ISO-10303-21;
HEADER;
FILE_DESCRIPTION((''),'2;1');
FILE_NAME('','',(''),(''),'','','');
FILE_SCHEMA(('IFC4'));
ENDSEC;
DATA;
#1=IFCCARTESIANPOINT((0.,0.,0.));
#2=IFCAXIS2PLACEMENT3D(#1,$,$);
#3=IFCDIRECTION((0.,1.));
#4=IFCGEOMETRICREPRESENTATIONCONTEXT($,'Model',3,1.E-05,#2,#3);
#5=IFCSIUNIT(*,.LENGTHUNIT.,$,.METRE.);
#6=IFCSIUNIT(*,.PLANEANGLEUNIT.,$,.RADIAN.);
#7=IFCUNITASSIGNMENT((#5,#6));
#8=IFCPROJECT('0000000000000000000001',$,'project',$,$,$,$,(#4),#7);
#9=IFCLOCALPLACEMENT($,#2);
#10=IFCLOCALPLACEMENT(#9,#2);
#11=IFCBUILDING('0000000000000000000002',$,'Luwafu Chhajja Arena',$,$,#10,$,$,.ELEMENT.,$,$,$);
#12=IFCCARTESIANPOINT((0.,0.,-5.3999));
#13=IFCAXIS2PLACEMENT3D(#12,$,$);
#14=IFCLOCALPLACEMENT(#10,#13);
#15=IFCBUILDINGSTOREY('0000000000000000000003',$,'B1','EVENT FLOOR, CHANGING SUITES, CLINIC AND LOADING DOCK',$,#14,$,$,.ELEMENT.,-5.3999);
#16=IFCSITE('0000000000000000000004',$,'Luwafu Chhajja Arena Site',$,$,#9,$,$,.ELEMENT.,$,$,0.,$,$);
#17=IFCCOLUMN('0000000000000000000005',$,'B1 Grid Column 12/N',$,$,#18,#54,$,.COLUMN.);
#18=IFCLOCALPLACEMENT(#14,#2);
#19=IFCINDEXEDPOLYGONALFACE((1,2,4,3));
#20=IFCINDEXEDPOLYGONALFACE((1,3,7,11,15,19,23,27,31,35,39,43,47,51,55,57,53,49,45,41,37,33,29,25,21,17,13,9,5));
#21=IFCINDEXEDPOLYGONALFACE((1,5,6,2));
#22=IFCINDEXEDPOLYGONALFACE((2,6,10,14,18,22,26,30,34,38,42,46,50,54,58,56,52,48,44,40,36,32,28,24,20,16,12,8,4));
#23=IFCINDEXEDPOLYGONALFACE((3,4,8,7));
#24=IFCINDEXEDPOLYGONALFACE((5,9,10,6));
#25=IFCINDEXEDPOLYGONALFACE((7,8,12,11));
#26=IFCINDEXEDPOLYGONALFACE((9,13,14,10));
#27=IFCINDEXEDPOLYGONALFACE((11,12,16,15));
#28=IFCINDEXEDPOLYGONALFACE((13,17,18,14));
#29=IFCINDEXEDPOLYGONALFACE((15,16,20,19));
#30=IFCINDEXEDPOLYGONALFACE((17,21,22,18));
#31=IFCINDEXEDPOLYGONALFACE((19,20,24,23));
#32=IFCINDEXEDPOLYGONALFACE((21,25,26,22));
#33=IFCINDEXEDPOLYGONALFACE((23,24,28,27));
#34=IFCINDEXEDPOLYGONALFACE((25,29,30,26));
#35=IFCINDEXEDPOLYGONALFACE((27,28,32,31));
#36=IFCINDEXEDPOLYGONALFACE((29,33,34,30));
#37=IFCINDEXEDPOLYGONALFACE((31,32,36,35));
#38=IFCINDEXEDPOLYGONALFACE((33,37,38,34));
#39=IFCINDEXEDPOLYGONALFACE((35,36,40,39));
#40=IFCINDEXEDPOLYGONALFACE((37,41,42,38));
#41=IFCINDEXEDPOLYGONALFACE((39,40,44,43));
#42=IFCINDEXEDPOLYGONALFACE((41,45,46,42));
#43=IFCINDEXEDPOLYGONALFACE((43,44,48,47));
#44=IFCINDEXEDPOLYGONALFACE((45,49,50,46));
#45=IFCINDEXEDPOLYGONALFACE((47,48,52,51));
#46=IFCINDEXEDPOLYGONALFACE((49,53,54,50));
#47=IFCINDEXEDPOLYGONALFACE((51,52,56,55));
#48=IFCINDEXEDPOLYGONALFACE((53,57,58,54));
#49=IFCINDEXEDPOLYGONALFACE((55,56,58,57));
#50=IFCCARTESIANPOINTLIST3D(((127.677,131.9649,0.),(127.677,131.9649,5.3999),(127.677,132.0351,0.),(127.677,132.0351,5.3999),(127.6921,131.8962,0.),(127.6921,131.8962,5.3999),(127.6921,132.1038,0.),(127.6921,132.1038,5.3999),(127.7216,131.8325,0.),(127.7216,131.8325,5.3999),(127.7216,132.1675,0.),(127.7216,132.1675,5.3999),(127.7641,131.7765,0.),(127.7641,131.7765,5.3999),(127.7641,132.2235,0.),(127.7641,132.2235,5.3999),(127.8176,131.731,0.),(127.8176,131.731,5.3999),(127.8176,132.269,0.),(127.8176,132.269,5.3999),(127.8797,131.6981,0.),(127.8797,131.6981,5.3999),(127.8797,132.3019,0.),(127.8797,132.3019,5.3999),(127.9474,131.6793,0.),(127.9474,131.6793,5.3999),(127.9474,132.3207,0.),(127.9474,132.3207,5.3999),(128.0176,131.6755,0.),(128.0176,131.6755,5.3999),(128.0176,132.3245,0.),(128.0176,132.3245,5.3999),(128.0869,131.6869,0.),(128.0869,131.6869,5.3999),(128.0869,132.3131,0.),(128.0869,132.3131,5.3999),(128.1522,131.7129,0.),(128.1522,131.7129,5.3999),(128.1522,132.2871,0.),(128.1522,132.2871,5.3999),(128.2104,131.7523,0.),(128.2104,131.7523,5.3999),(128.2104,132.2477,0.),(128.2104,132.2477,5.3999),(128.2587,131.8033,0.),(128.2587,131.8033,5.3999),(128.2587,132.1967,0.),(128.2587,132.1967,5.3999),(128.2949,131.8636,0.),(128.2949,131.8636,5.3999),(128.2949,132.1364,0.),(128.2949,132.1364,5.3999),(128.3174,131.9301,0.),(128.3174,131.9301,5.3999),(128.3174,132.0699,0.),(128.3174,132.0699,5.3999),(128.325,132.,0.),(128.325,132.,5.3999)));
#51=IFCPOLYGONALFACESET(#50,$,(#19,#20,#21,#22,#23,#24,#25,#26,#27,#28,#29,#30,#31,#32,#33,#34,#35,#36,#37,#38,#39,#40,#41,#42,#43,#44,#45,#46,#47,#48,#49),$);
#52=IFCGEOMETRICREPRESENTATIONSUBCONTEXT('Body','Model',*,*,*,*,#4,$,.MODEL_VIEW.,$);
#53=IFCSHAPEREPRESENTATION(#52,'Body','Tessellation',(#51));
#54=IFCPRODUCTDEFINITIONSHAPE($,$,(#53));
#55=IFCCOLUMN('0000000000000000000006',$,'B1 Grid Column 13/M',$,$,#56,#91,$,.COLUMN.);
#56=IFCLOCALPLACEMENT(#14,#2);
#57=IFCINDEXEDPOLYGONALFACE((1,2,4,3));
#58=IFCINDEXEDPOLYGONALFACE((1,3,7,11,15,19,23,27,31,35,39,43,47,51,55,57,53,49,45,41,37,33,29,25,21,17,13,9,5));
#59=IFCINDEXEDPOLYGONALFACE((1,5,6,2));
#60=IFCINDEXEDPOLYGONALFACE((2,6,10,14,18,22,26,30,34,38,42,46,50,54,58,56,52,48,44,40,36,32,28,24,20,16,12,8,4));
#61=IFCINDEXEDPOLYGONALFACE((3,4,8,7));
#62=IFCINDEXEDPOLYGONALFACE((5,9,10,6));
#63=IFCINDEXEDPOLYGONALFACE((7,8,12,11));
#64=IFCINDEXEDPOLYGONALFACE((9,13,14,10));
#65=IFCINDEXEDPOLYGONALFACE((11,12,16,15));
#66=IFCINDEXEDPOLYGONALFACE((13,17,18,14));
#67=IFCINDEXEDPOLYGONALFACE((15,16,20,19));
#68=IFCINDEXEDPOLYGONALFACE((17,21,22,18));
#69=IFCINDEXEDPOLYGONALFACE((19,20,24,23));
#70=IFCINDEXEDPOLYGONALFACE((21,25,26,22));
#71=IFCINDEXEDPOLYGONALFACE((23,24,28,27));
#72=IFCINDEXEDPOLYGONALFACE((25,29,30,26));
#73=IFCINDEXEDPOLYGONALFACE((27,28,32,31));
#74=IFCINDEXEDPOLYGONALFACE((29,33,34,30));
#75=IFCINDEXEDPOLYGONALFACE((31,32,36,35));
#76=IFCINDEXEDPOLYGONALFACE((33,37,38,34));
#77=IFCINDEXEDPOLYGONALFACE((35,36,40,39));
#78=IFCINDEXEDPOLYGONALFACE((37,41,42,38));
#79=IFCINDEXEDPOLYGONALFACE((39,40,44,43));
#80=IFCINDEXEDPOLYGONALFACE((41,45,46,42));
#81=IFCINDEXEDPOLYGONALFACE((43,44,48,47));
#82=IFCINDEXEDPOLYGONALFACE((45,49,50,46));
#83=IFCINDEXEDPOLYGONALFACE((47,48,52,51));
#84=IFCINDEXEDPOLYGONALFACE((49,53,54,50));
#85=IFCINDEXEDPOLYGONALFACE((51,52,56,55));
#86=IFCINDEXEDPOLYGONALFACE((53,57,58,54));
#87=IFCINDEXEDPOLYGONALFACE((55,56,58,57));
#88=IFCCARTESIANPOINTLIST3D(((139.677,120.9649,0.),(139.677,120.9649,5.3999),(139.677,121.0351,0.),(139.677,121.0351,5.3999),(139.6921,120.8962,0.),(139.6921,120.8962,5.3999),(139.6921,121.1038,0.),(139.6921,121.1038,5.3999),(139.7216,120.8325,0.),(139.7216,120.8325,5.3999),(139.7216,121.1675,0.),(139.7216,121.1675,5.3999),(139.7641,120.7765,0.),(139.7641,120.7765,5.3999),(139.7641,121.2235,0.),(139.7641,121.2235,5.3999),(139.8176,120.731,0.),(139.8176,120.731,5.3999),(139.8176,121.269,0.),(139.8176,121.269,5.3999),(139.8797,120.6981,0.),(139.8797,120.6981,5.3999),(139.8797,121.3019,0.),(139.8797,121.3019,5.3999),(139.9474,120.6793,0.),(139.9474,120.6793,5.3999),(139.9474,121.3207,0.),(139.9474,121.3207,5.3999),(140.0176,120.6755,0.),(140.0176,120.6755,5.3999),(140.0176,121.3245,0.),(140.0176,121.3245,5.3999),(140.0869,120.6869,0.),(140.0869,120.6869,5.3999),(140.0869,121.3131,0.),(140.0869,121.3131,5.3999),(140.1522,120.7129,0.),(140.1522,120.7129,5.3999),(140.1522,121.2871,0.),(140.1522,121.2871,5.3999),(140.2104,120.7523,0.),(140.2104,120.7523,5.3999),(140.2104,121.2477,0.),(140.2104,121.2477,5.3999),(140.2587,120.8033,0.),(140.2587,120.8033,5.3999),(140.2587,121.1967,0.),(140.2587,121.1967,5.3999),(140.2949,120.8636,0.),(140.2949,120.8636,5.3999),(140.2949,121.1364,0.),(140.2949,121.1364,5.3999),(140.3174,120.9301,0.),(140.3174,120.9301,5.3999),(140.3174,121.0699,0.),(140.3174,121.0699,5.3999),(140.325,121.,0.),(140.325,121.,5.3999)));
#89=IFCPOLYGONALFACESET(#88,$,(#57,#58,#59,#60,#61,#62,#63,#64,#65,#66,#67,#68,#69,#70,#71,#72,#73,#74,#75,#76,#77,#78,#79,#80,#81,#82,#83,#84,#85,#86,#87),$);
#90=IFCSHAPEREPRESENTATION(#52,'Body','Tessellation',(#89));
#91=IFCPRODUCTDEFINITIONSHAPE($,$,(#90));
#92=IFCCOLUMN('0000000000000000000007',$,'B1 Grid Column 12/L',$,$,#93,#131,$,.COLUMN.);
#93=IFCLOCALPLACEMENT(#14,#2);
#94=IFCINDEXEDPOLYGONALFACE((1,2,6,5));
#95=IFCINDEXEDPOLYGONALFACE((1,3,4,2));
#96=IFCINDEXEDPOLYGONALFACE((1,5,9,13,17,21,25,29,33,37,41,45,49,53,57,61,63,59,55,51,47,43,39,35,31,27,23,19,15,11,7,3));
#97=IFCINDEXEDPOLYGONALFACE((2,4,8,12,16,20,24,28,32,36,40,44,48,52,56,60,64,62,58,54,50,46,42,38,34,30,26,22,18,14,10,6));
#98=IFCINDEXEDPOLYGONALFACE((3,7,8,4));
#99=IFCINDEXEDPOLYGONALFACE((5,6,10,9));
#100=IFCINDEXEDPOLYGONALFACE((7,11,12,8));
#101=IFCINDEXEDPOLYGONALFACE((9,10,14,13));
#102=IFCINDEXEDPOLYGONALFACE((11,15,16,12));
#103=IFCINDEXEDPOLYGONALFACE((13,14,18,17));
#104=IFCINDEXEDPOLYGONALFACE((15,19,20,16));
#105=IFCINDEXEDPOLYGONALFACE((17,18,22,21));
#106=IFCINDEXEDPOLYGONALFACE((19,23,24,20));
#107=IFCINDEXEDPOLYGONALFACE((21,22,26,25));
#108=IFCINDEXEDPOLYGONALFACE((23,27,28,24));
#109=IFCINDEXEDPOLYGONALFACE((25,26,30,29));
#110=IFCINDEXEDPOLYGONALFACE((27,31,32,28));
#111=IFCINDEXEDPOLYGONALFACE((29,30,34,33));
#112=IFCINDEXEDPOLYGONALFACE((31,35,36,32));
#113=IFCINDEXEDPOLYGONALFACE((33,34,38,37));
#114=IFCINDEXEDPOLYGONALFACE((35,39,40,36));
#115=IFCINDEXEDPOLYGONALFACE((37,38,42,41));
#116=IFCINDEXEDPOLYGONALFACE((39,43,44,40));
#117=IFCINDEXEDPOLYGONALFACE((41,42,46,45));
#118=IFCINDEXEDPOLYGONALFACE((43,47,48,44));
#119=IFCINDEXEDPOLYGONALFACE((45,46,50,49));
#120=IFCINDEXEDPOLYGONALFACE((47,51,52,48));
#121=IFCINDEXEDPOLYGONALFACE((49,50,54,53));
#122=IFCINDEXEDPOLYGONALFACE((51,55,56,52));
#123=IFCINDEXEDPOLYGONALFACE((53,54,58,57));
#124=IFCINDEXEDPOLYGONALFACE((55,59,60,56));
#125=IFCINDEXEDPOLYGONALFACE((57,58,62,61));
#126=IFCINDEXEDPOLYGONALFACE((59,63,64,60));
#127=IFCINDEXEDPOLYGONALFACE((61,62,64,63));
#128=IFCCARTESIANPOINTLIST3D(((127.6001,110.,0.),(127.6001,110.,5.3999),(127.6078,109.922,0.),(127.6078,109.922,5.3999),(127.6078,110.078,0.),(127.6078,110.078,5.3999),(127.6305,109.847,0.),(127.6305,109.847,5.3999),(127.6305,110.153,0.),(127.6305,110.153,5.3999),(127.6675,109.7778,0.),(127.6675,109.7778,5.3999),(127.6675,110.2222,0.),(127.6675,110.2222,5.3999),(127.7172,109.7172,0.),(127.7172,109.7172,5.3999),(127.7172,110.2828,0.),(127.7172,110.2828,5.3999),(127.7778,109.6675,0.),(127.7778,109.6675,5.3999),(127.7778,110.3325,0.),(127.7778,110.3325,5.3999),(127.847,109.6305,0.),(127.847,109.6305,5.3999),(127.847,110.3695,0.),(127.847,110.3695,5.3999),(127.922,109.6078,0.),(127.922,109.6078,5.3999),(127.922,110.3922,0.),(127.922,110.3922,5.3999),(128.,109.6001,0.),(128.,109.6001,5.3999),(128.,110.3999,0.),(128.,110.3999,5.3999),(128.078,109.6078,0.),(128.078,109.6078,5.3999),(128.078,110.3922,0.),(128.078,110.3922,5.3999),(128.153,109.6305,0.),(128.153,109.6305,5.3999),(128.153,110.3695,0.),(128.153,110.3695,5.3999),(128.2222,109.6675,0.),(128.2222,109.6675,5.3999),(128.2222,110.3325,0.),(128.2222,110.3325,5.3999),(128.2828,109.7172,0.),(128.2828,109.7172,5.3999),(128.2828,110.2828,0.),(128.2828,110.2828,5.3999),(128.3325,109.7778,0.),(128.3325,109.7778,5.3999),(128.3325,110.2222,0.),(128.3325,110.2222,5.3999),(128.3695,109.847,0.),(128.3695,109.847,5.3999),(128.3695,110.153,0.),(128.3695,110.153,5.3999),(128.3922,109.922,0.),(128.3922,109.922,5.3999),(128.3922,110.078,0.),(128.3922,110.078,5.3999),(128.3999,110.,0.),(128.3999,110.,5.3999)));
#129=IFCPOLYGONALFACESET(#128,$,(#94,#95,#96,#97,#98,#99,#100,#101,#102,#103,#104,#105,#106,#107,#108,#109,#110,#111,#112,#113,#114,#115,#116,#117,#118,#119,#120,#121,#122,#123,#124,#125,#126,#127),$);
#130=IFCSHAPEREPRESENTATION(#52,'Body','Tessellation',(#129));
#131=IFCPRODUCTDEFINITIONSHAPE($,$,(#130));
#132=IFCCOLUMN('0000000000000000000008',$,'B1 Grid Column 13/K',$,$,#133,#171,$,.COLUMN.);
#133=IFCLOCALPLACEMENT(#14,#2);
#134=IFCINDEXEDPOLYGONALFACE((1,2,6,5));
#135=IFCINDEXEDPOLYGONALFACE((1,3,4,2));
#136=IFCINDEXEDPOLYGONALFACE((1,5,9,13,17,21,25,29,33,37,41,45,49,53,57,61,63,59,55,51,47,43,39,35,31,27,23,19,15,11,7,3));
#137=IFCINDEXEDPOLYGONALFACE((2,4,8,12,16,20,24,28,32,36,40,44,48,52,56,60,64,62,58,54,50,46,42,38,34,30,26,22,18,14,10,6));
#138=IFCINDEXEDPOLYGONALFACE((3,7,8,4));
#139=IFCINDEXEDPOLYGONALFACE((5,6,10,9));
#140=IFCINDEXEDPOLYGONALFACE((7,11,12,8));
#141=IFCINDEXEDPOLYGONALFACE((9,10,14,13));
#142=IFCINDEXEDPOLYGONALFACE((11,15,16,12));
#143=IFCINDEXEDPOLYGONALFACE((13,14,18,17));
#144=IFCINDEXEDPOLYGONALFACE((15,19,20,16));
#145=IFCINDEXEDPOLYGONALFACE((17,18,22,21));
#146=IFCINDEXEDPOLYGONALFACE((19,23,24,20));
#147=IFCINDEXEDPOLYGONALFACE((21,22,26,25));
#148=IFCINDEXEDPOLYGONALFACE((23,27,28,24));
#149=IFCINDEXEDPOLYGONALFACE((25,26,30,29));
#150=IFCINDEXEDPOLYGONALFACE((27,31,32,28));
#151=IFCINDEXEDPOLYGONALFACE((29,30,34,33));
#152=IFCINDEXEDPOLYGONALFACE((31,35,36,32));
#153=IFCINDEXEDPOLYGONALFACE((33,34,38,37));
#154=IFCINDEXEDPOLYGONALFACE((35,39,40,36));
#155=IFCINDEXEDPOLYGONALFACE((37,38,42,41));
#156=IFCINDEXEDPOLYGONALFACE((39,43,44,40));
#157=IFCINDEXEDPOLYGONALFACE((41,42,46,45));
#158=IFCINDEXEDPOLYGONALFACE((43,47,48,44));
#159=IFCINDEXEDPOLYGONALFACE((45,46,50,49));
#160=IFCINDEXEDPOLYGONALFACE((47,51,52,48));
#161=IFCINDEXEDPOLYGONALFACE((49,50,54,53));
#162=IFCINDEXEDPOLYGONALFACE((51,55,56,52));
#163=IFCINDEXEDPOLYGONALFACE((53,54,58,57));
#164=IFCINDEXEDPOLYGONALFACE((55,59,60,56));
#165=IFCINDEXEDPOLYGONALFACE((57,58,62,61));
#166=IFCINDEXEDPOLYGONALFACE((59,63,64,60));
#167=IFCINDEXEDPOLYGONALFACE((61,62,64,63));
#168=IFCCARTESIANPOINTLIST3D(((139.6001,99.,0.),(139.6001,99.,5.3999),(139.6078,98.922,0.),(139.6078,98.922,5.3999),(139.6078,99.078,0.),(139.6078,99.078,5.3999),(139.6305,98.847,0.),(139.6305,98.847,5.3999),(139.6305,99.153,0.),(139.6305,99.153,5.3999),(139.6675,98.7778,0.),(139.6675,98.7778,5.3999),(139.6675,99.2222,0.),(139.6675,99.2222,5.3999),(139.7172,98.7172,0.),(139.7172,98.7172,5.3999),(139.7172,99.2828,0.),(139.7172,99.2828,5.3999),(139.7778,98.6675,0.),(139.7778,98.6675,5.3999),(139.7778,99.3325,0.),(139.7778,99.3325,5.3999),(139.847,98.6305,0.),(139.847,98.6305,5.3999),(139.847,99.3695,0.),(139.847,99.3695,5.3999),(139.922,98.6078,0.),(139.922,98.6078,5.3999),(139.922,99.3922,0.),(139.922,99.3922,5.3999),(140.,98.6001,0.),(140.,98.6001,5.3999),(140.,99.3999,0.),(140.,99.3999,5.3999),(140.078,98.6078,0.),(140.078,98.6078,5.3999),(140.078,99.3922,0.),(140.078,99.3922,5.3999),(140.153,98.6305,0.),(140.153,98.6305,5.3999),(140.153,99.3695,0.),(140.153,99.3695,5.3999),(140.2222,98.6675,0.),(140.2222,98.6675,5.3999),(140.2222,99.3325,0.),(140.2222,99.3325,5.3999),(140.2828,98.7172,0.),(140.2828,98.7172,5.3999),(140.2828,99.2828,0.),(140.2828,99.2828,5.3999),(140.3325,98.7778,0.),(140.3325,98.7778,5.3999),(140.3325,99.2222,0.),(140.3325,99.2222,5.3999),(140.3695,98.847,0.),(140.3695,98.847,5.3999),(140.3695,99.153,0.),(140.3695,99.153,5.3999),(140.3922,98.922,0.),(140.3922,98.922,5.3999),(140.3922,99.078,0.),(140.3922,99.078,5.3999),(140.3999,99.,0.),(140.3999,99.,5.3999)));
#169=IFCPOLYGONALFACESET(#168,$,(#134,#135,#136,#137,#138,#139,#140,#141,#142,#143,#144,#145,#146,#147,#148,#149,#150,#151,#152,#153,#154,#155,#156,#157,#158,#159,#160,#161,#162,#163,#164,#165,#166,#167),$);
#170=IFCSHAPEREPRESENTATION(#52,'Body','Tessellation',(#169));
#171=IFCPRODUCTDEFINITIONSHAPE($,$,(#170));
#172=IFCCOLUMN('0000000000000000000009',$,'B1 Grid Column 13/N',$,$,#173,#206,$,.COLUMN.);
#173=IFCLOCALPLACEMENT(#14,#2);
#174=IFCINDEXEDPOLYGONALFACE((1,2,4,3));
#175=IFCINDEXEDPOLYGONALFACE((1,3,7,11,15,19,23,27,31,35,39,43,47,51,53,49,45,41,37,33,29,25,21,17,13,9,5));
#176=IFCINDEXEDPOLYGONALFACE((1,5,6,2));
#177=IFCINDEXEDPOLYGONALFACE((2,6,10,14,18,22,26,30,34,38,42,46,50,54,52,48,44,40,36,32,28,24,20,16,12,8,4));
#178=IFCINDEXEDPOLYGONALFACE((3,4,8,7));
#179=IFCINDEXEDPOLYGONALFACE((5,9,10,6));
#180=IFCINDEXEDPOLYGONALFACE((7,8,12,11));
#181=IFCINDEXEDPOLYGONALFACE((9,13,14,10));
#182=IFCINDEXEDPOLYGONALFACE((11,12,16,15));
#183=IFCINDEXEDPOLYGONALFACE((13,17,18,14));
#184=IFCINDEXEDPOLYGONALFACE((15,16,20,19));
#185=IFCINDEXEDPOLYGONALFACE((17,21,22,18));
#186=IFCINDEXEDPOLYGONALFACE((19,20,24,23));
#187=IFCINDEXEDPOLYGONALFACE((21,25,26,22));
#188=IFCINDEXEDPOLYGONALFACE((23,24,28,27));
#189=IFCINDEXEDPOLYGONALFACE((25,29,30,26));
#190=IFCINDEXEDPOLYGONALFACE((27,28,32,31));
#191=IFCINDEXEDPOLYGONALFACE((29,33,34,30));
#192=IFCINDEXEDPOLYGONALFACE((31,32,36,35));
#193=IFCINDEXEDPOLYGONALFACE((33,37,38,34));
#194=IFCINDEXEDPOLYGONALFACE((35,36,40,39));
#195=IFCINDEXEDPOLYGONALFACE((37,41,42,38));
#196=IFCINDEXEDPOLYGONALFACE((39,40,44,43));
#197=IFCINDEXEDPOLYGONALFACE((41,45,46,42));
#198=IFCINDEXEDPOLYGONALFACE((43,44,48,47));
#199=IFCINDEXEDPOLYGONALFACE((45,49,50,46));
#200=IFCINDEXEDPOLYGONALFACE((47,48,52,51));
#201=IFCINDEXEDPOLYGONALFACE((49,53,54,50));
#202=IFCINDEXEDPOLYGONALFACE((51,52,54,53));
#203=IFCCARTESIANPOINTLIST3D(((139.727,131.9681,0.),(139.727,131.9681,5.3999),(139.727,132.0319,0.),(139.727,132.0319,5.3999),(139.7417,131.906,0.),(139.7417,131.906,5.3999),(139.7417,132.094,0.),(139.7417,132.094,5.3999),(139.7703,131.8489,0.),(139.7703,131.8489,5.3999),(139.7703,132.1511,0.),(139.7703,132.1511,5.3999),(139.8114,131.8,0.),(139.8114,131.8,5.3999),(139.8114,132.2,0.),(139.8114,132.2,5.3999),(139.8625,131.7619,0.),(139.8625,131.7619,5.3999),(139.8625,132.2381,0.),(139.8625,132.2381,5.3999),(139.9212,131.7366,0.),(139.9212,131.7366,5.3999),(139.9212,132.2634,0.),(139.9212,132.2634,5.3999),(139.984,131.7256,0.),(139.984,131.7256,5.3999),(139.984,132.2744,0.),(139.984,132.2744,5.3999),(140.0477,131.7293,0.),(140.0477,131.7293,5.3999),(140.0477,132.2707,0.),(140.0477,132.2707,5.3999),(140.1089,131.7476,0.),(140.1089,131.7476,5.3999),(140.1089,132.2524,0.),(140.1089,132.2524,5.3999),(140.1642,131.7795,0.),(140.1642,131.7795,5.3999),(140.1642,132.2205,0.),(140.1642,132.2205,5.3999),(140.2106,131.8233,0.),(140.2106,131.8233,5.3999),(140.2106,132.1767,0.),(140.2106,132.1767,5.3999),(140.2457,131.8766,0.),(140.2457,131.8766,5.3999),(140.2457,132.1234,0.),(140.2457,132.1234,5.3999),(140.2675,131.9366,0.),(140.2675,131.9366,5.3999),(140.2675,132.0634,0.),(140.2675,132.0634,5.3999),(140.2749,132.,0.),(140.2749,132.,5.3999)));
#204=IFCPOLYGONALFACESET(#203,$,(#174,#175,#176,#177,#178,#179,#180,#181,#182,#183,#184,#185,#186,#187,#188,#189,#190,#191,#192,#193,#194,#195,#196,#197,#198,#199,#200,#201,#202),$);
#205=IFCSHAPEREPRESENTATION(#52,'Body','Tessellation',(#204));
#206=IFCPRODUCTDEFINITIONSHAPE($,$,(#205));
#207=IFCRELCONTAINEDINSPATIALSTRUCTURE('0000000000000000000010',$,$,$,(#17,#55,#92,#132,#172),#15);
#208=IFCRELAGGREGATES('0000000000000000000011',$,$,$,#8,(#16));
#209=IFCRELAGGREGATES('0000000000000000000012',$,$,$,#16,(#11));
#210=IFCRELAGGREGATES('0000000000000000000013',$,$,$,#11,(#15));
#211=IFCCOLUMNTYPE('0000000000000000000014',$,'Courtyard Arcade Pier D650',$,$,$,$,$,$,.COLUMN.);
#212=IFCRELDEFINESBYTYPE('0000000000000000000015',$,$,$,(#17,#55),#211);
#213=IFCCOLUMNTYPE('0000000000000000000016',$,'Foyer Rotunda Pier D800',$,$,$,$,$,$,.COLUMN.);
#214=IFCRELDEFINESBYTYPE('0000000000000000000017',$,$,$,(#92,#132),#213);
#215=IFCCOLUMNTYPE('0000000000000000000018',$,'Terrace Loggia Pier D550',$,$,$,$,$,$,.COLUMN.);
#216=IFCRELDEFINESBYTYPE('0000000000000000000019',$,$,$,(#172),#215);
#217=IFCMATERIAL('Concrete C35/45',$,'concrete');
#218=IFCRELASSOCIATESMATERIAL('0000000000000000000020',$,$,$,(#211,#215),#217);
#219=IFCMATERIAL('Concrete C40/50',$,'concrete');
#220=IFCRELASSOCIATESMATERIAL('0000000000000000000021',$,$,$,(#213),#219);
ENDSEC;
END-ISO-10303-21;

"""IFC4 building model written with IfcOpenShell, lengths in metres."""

from ifc_helpers import new_model, si_unit, direction, frame, origin, origin_2d, place, context, subcontext, project, spatial, circle, extrude, material, material_profile, profile_set, type_object, element, save


model = new_model("IFC4")

# Units and contexts
model_context = context("Model", 3, precision=1e-05, world=origin(), true_north=direction((0.0, 1.0)))
body_context = subcontext(model_context, "Body", "Model", "MODEL_VIEW")
ifc_project = project(units=[si_unit("LENGTHUNIT", "METRE"), si_unit("PLANEANGLEUNIT", "RADIAN")], contexts=[model_context])

# Site, building, storey
site_placement = place(None, origin())
site = spatial("IfcSite", under=ifc_project, at=site_placement, Name="Luwafu Chhajja Arena Site", CompositionType="ELEMENT", RefElevation=0.0)
building_placement = place(site_placement, origin())
building = spatial("IfcBuilding", under=site, at=building_placement, Name="Luwafu Chhajja Arena", CompositionType="ELEMENT")
storey_placement = place(building_placement, frame((0.0, 0.0, -5.3999)))
storey = spatial("IfcBuildingStorey", under=building, at=storey_placement, Name="B1", Description="EVENT FLOOR, CHANGING SUITES, CLINIC AND LOADING DOCK", CompositionType="ELEMENT", Elevation=-5.3999)

# Shared definitions
ifc_material_1 = material(Name="Concrete C35/45", Category="concrete")

# Columns
ifc_material_profile_1 = material_profile(ifc_material_1, circle(Radius=0.325, at=origin_2d()), Name="RC COL D650")
ifc_profile_set_1 = profile_set([ifc_material_profile_1], Name="Concrete C35/45")
column_type_1 = type_object("IfcColumnType", Name="Courtyard Arcade Pier D650", PredefinedType="COLUMN", material=ifc_profile_set_1)
for number, where, z_axis, x_axis, name in (
    (1, (128.0, 132.0, 0.0), (0.0, 0.0, 1.0), (1.0, 0.0, 0.0), "B1 Grid Column 12/N"),
    (2, (140.0, 121.0, 0.0), (0.0, 0.0, 1.0), (1.0, 0.0, 0.0), "B1 Grid Column 13/M"),
):
    element("IfcColumn", number, at=place(storey_placement, frame(where, z_axis=z_axis, x_axis=x_axis)), inside=storey, type_object=column_type_1, Name=name, PredefinedType="COLUMN", context=body_context, shape_type="SweptSolid", body=[
        extrude(circle(Radius=0.325, at=origin_2d()), origin(), (0.0, 0.0, 1.0), 5.3999),
    ])
ifc_material_2 = material(Name="Concrete C40/50", Category="concrete")
ifc_material_profile_2 = material_profile(ifc_material_2, circle(Radius=0.3999, at=origin_2d()), Name="RC COL D800")
ifc_profile_set_2 = profile_set([ifc_material_profile_2], Name="Concrete C40/50")
column_type_2 = type_object("IfcColumnType", Name="Foyer Rotunda Pier D800", PredefinedType="COLUMN", material=ifc_profile_set_2)
for number, where, z_axis, x_axis, name in (
    (3, (128.0, 110.0, 0.0), (0.0, 0.0, 1.0), (1.0, 0.0, 0.0), "B1 Grid Column 12/L"),
    (4, (140.0, 99.0, 0.0), (0.0, 0.0, 1.0), (1.0, 0.0, 0.0), "B1 Grid Column 13/K"),
):
    element("IfcColumn", number, at=place(storey_placement, frame(where, z_axis=z_axis, x_axis=x_axis)), inside=storey, type_object=column_type_2, Name=name, PredefinedType="COLUMN", context=body_context, shape_type="SweptSolid", body=[
        extrude(circle(Radius=0.3999, at=origin_2d()), origin(), (0.0, 0.0, 1.0), 5.3999),
    ])
ifc_material_profile_3 = material_profile(ifc_material_1, circle(Radius=0.2749, at=origin_2d()), Name="RC COL D550")
ifc_profile_set_3 = profile_set([ifc_material_profile_3], Name="Concrete C35/45")
column_type_3 = type_object("IfcColumnType", Name="Terrace Loggia Pier D550", PredefinedType="COLUMN", material=ifc_profile_set_3)
column_placement = place(storey_placement, frame((140.0, 132.0, 0.0), z_axis=(0.0, 0.0, 1.0), x_axis=(1.0, 0.0, 0.0)))
element("IfcColumn", 5, at=column_placement, inside=storey, type_object=column_type_3, Name="B1 Grid Column 13/N", PredefinedType="COLUMN", context=body_context, shape_type="SweptSolid", body=[
    extrude(circle(Radius=0.2749, at=origin_2d()), origin(), (0.0, 0.0, 1.0), 5.3999),
])

save(model, "model.ifc")
